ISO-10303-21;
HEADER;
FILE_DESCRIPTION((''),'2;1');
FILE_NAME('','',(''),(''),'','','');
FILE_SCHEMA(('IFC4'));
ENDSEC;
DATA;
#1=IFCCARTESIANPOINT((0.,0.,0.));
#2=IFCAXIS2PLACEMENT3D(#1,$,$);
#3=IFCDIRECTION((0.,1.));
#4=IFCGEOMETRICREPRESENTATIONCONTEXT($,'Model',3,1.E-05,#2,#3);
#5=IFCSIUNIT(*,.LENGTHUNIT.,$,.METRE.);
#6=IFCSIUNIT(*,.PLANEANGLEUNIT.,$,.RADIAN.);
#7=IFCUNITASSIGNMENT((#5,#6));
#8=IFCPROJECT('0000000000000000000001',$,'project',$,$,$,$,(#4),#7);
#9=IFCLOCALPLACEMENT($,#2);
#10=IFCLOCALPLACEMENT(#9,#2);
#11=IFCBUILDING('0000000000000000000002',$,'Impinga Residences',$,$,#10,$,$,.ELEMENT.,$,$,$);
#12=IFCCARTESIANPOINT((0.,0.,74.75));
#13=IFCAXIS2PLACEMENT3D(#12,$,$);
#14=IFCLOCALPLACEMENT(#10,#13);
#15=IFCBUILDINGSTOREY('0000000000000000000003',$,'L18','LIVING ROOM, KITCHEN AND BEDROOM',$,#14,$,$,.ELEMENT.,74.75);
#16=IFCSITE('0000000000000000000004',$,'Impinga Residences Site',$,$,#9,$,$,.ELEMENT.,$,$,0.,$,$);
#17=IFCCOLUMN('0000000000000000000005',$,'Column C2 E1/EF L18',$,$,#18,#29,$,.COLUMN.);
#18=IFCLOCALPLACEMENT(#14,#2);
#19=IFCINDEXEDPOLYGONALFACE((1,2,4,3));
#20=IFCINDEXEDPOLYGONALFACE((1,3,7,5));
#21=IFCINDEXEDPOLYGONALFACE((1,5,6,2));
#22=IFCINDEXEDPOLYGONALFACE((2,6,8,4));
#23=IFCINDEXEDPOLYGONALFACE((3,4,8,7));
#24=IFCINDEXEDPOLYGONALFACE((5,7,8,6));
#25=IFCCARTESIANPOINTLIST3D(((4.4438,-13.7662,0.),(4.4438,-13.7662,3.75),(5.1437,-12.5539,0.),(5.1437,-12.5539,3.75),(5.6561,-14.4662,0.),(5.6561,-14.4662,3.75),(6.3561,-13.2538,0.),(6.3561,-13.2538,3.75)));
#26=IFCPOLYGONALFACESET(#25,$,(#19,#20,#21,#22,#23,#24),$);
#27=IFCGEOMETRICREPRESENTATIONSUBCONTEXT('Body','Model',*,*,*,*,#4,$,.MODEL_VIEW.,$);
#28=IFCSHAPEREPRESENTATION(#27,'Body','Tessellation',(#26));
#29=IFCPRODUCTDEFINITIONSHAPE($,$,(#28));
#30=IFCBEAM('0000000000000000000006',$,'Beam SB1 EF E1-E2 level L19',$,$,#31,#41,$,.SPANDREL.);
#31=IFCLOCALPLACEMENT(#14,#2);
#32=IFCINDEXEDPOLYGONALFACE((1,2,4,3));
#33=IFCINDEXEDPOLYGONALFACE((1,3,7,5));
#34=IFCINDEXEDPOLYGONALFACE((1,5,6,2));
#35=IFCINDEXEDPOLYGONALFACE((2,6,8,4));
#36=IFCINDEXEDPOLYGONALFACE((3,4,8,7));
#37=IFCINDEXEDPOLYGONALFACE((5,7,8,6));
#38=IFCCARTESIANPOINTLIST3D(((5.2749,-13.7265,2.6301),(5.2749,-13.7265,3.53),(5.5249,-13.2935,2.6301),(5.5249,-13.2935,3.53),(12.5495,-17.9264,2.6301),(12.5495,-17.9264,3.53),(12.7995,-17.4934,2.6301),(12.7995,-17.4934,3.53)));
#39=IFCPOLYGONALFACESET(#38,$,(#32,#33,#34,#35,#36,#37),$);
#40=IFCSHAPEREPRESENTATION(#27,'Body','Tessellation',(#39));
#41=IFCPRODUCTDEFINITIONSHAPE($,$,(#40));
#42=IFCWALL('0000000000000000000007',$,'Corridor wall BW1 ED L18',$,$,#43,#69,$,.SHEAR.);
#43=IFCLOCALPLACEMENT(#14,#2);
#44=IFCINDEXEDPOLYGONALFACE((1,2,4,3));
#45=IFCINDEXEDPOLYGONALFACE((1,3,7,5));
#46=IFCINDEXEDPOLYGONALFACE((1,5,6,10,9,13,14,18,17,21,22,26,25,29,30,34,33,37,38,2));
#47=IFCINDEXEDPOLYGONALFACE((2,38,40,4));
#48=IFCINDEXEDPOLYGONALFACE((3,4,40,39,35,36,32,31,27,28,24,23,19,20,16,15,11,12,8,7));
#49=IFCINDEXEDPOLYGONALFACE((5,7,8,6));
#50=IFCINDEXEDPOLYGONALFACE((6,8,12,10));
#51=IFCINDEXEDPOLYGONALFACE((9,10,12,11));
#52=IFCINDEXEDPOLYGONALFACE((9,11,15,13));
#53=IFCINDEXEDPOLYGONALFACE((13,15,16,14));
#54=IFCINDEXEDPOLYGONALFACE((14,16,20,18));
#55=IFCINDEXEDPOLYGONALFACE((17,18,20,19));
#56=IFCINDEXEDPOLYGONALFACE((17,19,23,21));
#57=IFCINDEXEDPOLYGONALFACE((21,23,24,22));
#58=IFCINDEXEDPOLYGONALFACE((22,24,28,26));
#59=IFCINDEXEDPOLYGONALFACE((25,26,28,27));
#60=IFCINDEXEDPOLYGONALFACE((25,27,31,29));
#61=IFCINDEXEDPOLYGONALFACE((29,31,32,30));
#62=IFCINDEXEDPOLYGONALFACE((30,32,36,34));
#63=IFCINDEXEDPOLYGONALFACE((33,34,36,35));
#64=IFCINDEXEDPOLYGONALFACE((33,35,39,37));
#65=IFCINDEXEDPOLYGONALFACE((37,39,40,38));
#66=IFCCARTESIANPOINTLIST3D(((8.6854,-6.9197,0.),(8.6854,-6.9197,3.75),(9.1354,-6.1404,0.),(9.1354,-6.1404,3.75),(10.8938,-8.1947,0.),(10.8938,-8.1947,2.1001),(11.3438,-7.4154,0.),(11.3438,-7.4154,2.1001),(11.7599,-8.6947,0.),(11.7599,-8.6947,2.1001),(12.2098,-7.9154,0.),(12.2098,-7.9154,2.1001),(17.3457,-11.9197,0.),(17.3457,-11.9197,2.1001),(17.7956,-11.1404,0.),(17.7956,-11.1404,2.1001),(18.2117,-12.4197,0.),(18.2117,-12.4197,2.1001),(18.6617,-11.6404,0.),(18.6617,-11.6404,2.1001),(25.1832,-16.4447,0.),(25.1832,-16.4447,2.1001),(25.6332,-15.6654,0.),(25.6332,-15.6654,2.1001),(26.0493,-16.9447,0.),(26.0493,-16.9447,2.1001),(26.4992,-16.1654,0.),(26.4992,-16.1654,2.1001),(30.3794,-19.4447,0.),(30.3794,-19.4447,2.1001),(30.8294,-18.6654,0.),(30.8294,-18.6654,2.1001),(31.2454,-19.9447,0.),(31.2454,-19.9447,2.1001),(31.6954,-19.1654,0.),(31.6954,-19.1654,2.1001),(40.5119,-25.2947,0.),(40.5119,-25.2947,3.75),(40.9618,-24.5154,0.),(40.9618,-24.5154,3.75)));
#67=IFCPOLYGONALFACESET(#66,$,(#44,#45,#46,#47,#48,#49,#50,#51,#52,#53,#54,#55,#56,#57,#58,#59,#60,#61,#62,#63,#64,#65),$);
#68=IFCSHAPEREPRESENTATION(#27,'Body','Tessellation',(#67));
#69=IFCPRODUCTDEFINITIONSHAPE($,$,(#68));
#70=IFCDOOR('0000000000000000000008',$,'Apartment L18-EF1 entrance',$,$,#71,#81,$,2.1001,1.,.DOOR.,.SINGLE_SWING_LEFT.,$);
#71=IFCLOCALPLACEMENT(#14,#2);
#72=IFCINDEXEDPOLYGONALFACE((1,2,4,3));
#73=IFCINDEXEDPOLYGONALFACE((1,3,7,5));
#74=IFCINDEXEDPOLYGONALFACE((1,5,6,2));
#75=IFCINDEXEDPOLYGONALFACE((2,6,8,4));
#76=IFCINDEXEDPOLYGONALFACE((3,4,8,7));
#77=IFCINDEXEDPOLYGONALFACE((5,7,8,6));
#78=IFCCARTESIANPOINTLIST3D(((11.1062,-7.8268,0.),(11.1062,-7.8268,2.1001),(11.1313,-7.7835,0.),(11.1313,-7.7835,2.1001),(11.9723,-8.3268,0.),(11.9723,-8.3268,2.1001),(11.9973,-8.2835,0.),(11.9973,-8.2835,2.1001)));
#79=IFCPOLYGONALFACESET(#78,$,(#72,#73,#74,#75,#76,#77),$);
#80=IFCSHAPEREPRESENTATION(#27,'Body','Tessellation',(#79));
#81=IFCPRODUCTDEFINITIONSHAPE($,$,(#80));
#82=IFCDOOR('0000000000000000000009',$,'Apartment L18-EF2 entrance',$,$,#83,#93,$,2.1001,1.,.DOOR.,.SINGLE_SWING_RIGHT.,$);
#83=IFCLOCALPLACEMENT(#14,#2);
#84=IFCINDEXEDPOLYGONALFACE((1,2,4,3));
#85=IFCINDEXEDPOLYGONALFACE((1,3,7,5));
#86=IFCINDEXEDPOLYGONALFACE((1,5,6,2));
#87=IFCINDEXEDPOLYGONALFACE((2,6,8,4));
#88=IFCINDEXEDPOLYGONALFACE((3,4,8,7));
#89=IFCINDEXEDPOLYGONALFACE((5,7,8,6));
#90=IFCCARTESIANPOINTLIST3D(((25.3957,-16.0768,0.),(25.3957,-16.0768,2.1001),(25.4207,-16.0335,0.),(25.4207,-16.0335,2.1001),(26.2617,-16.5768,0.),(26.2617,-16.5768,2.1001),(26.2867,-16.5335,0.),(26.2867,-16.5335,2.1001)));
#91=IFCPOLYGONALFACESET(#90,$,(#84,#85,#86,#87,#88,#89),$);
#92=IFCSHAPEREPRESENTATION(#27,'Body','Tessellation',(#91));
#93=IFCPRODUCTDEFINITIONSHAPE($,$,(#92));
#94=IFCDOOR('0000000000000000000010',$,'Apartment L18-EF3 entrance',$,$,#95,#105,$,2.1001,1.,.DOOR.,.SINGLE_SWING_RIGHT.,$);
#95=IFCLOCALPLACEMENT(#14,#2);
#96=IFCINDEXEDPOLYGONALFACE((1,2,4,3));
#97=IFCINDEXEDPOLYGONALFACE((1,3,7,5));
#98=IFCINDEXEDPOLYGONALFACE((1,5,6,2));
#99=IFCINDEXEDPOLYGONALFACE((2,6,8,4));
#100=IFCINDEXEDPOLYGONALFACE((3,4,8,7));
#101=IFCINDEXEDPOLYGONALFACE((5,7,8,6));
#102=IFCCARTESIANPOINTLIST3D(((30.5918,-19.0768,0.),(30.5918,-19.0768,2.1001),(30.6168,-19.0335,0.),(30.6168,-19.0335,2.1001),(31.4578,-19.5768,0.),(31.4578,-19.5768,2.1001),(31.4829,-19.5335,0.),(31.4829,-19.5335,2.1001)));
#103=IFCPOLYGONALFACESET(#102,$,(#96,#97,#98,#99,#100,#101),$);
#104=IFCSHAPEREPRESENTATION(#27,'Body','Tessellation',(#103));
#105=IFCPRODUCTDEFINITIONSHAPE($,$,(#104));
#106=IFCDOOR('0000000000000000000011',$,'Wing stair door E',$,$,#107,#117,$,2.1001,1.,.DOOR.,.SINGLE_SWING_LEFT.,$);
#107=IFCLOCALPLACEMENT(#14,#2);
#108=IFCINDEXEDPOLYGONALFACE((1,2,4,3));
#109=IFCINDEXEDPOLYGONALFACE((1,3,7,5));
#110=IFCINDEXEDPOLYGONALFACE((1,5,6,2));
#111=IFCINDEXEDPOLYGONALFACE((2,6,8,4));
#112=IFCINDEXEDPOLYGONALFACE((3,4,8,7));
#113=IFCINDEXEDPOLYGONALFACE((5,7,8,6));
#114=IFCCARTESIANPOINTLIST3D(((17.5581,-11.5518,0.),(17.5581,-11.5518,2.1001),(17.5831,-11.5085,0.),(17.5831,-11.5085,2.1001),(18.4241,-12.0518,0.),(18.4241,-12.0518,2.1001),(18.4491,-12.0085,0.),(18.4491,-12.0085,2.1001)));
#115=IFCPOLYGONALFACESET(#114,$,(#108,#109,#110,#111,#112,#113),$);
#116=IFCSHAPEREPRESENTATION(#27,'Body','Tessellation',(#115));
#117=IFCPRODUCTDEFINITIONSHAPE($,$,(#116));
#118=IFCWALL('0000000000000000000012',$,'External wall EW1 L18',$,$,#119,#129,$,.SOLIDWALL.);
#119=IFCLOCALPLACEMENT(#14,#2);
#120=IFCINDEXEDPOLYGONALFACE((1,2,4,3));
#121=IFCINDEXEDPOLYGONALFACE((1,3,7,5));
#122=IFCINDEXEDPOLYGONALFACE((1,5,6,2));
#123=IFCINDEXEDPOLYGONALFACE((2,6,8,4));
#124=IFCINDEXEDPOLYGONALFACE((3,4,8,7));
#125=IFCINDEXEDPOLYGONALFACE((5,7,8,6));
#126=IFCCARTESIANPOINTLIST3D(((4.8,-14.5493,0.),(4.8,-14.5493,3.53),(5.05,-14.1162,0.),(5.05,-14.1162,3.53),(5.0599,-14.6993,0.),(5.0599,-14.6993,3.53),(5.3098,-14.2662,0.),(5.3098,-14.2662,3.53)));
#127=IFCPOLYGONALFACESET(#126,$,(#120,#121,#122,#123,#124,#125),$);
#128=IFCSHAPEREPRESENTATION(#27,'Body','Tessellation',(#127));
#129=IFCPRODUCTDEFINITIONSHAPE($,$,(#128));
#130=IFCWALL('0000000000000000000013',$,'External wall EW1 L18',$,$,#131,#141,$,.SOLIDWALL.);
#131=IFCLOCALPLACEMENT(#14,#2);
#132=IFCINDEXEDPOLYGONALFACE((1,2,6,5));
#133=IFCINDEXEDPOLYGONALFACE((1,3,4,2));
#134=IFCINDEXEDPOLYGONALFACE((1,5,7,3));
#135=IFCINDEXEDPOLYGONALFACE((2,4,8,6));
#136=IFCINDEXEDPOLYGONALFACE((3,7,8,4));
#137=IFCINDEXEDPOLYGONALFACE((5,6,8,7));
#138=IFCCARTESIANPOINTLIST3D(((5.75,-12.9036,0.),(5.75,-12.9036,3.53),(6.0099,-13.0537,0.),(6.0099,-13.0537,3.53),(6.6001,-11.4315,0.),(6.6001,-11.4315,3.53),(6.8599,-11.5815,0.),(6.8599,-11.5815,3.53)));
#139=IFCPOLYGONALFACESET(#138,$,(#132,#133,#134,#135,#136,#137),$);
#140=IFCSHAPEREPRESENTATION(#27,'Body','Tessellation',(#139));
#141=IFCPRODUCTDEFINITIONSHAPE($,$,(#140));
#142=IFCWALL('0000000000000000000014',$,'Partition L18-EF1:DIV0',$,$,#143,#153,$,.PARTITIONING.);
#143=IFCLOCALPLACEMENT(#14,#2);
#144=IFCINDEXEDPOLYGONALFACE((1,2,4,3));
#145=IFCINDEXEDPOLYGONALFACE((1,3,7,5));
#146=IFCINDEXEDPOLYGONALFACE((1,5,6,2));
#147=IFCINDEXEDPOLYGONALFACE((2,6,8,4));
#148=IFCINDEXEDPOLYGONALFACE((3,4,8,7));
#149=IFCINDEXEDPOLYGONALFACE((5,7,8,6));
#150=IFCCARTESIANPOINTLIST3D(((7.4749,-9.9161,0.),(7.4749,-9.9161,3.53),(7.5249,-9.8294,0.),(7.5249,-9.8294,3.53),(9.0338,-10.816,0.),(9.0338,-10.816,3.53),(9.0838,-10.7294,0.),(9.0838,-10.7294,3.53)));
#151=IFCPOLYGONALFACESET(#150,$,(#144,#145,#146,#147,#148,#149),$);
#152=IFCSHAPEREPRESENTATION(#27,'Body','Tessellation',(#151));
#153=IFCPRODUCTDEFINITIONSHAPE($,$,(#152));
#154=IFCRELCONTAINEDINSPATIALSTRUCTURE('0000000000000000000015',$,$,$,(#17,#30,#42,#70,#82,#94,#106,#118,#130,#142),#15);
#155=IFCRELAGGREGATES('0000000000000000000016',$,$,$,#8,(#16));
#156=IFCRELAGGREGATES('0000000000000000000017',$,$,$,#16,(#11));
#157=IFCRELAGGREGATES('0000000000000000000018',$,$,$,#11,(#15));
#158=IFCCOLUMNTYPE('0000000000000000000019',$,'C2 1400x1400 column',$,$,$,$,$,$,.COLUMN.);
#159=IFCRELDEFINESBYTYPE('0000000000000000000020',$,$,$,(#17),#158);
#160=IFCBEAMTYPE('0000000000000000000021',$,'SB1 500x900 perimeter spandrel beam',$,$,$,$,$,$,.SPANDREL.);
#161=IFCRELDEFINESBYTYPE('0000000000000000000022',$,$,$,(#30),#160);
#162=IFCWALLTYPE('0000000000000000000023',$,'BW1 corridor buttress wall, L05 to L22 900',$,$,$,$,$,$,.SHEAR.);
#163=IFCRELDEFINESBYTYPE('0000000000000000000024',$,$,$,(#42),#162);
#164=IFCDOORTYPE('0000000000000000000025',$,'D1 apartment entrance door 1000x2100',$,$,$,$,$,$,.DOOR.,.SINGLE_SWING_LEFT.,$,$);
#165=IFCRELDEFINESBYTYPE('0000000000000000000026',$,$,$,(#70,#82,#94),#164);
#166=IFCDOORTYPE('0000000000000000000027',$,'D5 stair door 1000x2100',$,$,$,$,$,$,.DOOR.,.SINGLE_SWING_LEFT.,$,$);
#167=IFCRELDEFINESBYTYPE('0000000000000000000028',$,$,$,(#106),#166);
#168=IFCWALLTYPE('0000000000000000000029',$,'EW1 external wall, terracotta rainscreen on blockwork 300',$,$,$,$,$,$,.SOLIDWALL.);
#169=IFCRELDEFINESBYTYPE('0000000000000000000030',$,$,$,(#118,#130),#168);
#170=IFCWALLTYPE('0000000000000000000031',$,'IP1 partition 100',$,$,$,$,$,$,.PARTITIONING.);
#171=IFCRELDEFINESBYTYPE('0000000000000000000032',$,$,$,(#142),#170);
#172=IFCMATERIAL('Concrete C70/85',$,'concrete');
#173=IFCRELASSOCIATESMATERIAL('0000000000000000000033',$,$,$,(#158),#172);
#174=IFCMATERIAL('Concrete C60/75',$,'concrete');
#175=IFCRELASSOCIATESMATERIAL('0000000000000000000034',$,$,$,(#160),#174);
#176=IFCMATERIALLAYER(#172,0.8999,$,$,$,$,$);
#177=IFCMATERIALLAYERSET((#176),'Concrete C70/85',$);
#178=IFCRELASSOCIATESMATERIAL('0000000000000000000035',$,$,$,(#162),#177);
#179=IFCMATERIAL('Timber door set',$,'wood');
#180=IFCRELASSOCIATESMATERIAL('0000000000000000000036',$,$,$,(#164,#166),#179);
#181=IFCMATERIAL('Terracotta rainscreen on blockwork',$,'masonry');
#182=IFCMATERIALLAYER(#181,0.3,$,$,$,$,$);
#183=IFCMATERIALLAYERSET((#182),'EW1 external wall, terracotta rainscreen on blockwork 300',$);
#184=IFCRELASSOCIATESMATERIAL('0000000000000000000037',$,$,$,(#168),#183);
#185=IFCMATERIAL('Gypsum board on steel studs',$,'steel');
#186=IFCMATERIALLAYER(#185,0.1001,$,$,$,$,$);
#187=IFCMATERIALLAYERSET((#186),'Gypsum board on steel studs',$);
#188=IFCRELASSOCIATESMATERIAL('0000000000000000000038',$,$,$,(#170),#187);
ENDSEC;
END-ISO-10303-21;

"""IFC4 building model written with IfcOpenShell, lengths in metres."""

from ifc_helpers import new_model, si_unit, direction, frame, frame_2d, origin, origin_2d, place, context, subcontext, project, spatial, rectangle, extrude, material, layer, layer_set, material_profile, profile_set, type_object, element, fill, save


model = new_model("IFC4")

# Units and contexts
model_context = context("Model", 3, precision=1e-05, world=origin(), true_north=direction((0.0, 1.0)))
body_context = subcontext(model_context, "Body", "Model", "MODEL_VIEW")
ifc_project = project(units=[si_unit("LENGTHUNIT", "METRE"), si_unit("PLANEANGLEUNIT", "RADIAN")], contexts=[model_context])

# Site, building, storey
site_placement = place(None, origin())
site = spatial("IfcSite", under=ifc_project, at=site_placement, Name="Impinga Residences Site", CompositionType="ELEMENT", RefElevation=0.0)
building_placement = place(site_placement, origin())
building = spatial("IfcBuilding", under=site, at=building_placement, Name="Impinga Residences", CompositionType="ELEMENT")
storey_placement = place(building_placement, frame((0.0, 0.0, 74.75)))
storey = spatial("IfcBuildingStorey", under=building, at=storey_placement, Name="L18", Description="LIVING ROOM, KITCHEN AND BEDROOM", CompositionType="ELEMENT", Elevation=74.75)

# Column
ifc_material_1 = material(Name="Concrete C70/85", Category="concrete")
ifc_material_profile_1 = material_profile(ifc_material_1, rectangle(XDim=1.3999, YDim=1.3999, at=origin_2d()), Name="RC 1400x1400")
ifc_profile_set_1 = profile_set([ifc_material_profile_1], Name="Concrete C70/85")
column_type = type_object("IfcColumnType", Name="C2 1400x1400 column", PredefinedType="COLUMN", material=ifc_profile_set_1)
column_placement = place(storey_placement, frame((5.3999, -13.51, 0.0), z_axis=(0.0, 0.0, 1.0), x_axis=(-0.5, -0.866025, 0.0)))
element("IfcColumn", 1, at=column_placement, inside=storey, type_object=column_type, Name="Column C2 E1/EF L18", PredefinedType="COLUMN", context=body_context, shape_type="SweptSolid", body=[
    extrude(rectangle(XDim=1.3999, YDim=1.3999, at=origin_2d()), origin(), (0.0, 0.0, 1.0), 3.75),
])

# Beam
ifc_material_2 = material(Name="Concrete C60/75", Category="concrete")
ifc_material_profile_2 = material_profile(ifc_material_2, rectangle(XDim=0.5, YDim=0.8999, at=origin_2d()), Name="RC 500x900")
ifc_profile_set_2 = profile_set([ifc_material_profile_2], Name="Concrete C60/75")
beam_type = type_object("IfcBeamType", Name="SB1 500x900 perimeter spandrel beam", PredefinedType="SPANDREL", material=ifc_profile_set_2)
beam_placement = place(storey_placement, frame((5.3999, -13.51, 3.0801), z_axis=(0.866029, -0.499993, 0.0), x_axis=(0.499993, 0.866029, 0.0)))
element("IfcBeam", 2, at=beam_placement, inside=storey, type_object=beam_type, Name="Beam SB1 EF E1-E2 level L19", PredefinedType="SPANDREL", context=body_context, shape_type="SweptSolid", body=[
    extrude(rectangle(XDim=0.5, YDim=0.8999, at=origin_2d()), origin(), (0.0, 0.0, 1.0), 8.3999),
])

# Wall, openings, doors
ifc_layer_1 = layer(ifc_material_1, 0.8999)
ifc_layer_set_1 = layer_set([ifc_layer_1], Name="Concrete C70/85")
wall_type_1 = type_object("IfcWallType", Name="BW1 corridor buttress wall, L05 to L22 900", PredefinedType="SHEAR", material=ifc_layer_set_1)
wall_1_placement = place(storey_placement, frame((8.9104, -6.53, 0.0), z_axis=(0.0, 0.0, 1.0), x_axis=(0.866025, -0.5, 0.0)))
wall_1 = element("IfcWall", 3, at=wall_1_placement, inside=storey, type_object=wall_type_1, Name="Corridor wall BW1 ED L18", PredefinedType="SHEAR", context=body_context, shape_type="SweptSolid", body=[
    extrude(rectangle(XDim=36.75, YDim=0.8999, at=frame_2d((18.375, 0.0))), origin(), (0.0, 0.0, 1.0), 3.75),
])
opening_1_placement = place(wall_1_placement, frame((10.0, 0.0, 0.0)))
opening_1 = element("IfcOpeningElement", 4, at=opening_1_placement, cuts=wall_1, PredefinedType="OPENING", context=body_context, shape_type="SweptSolid", body=[
    extrude(rectangle(XDim=1.0, YDim=2.1001, at=frame_2d((0.5, 1.05))), frame((0.0, 0.46, 0.0), z_axis=(0.0, -1.0, 0.0), x_axis=(1.0, 0.0, 0.0)), (0.0, 0.0, 1.0), 0.9199),
])
opening_2_placement = place(wall_1_placement, frame((2.55, 0.0, 0.0)))
opening_2 = element("IfcOpeningElement", 5, at=opening_2_placement, cuts=wall_1, PredefinedType="OPENING", context=body_context, shape_type="SweptSolid", body=[
    extrude(rectangle(XDim=1.0, YDim=2.1001, at=frame_2d((0.5, 1.05))), frame((0.0, 0.46, 0.0), z_axis=(0.0, -1.0, 0.0), x_axis=(1.0, 0.0, 0.0)), (0.0, 0.0, 1.0), 0.9199),
])
opening_3_placement = place(wall_1_placement, frame((19.05, 0.0, 0.0)))
opening_3 = element("IfcOpeningElement", 6, at=opening_3_placement, cuts=wall_1, PredefinedType="OPENING", context=body_context, shape_type="SweptSolid", body=[
    extrude(rectangle(XDim=1.0, YDim=2.1001, at=frame_2d((0.5, 1.05))), frame((0.0, 0.46, 0.0), z_axis=(0.0, -1.0, 0.0), x_axis=(1.0, 0.0, 0.0)), (0.0, 0.0, 1.0), 0.9199),
])
opening_4_placement = place(wall_1_placement, frame((25.05, 0.0, 0.0)))
opening_4 = element("IfcOpeningElement", 7, at=opening_4_placement, cuts=wall_1, PredefinedType="OPENING", context=body_context, shape_type="SweptSolid", body=[
    extrude(rectangle(XDim=1.0, YDim=2.1001, at=frame_2d((0.5, 1.05))), frame((0.0, 0.46, 0.0), z_axis=(0.0, -1.0, 0.0), x_axis=(1.0, 0.0, 0.0)), (0.0, 0.0, 1.0), 0.9199),
])
ifc_material_3 = material(Name="Timber door set", Category="wood")
door_type_1 = type_object("IfcDoorType", Name="D1 apartment entrance door 1000x2100", OperationType="SINGLE_SWING_LEFT", PredefinedType="DOOR", material=ifc_material_3)
door_1_placement = place(opening_2_placement, origin())
door_1 = element("IfcDoor", 8, at=door_1_placement, inside=storey, type_object=door_type_1, Name="Apartment L18-EF1 entrance", OperationType="SINGLE_SWING_LEFT", OverallHeight=2.1001, OverallWidth=1.0, PredefinedType="DOOR", context=body_context, shape_type="SweptSolid", body=[
    extrude(rectangle(XDim=1.0, YDim=2.1001, at=frame_2d((0.5, 1.05))), frame((0.0, 0.0249, 0.0), z_axis=(0.0, -1.0, 0.0), x_axis=(1.0, 0.0, 0.0)), (0.0, 0.0, 1.0), 0.05),
])
fill(opening_2, door_1)
door_2_placement = place(opening_3_placement, origin())
door_2 = element("IfcDoor", 9, at=door_2_placement, inside=storey, type_object=door_type_1, Name="Apartment L18-EF2 entrance", OperationType="SINGLE_SWING_RIGHT", OverallHeight=2.1001, OverallWidth=1.0, PredefinedType="DOOR", context=body_context, shape_type="SweptSolid", body=[
    extrude(rectangle(XDim=1.0, YDim=2.1001, at=frame_2d((0.5, 1.05))), frame((0.0, 0.0249, 0.0), z_axis=(0.0, -1.0, 0.0), x_axis=(1.0, 0.0, 0.0)), (0.0, 0.0, 1.0), 0.05),
])
fill(opening_3, door_2)
door_3_placement = place(opening_4_placement, origin())
door_3 = element("IfcDoor", 10, at=door_3_placement, inside=storey, type_object=door_type_1, Name="Apartment L18-EF3 entrance", OperationType="SINGLE_SWING_RIGHT", OverallHeight=2.1001, OverallWidth=1.0, PredefinedType="DOOR", context=body_context, shape_type="SweptSolid", body=[
    extrude(rectangle(XDim=1.0, YDim=2.1001, at=frame_2d((0.5, 1.05))), frame((0.0, 0.0249, 0.0), z_axis=(0.0, -1.0, 0.0), x_axis=(1.0, 0.0, 0.0)), (0.0, 0.0, 1.0), 0.05),
])
fill(opening_4, door_3)
door_type_2 = type_object("IfcDoorType", Name="D5 stair door 1000x2100", OperationType="SINGLE_SWING_LEFT", PredefinedType="DOOR", material=ifc_material_3)
door_4_placement = place(opening_1_placement, origin())
door_4 = element("IfcDoor", 11, at=door_4_placement, inside=storey, type_object=door_type_2, Name="Wing stair door E", OperationType="SINGLE_SWING_LEFT", OverallHeight=2.1001, OverallWidth=1.0, PredefinedType="DOOR", context=body_context, shape_type="SweptSolid", body=[
    extrude(rectangle(XDim=1.0, YDim=2.1001, at=frame_2d((0.5, 1.05))), frame((0.0, 0.0249, 0.0), z_axis=(0.0, -1.0, 0.0), x_axis=(1.0, 0.0, 0.0)), (0.0, 0.0, 1.0), 0.05),
])
fill(opening_1, door_4)

# Walls
ifc_material_4 = material(Name="Terracotta rainscreen on blockwork", Category="masonry")
ifc_layer_2 = layer(ifc_material_4, 0.3)
ifc_layer_set_2 = layer_set([ifc_layer_2], Name="EW1 external wall, terracotta rainscreen on blockwork 300")
wall_type_2 = type_object("IfcWallType", Name="EW1 external wall, terracotta rainscreen on blockwork 300", PredefinedType="SOLIDWALL", material=ifc_layer_set_2)
wall_2_placement = place(storey_placement, frame((4.9299, -14.6243, 0.0), z_axis=(0.0, 0.0, 1.0), x_axis=(0.49992, 0.866072, 0.0)))
element("IfcWall", 12, at=wall_2_placement, inside=storey, type_object=wall_type_2, Name="External wall EW1 L18", PredefinedType="SOLIDWALL", context=body_context, shape_type="SweptSolid", body=[
    extrude(rectangle(XDim=0.5, YDim=0.3, at=frame_2d((0.25, 0.0))), origin(), (0.0, 0.0, 1.0), 3.53),
])
wall_3_placement = place(storey_placement, frame((5.8799, -12.9788, 0.0), z_axis=(0.0, 0.0, 1.0), x_axis=(0.500062, 0.865989, 0.0)))
element("IfcWall", 13, at=wall_3_placement, inside=storey, type_object=wall_type_2, Name="External wall EW1 L18", PredefinedType="SOLIDWALL", context=body_context, shape_type="SweptSolid", body=[
    extrude(rectangle(XDim=1.7, YDim=0.3, at=frame_2d((0.8501, 0.0))), origin(), (0.0, 0.0, 1.0), 3.53),
])
ifc_material_5 = material(Name="Gypsum board on steel studs", Category="steel")
ifc_layer_3 = layer(ifc_material_5, 0.1001)
ifc_layer_set_3 = layer_set([ifc_layer_3], Name="Gypsum board on steel studs")
wall_type_3 = type_object("IfcWallType", Name="IP1 partition 100", PredefinedType="PARTITIONING", material=ifc_layer_set_3)
wall_4_placement = place(storey_placement, frame((7.5, -9.8728, 0.0), z_axis=(0.0, 0.0, 1.0), x_axis=(0.866048, -0.499961, 0.0)))
element("IfcWall", 14, at=wall_4_placement, inside=storey, type_object=wall_type_3, Name="Partition L18-EF1:DIV0", PredefinedType="PARTITIONING", context=body_context, shape_type="SweptSolid", body=[
    extrude(rectangle(XDim=1.8, YDim=0.1001, at=frame_2d((0.8999, 0.0))), origin(), (0.0, 0.0, 1.0), 3.53),
])

save(model, "model.ifc")
